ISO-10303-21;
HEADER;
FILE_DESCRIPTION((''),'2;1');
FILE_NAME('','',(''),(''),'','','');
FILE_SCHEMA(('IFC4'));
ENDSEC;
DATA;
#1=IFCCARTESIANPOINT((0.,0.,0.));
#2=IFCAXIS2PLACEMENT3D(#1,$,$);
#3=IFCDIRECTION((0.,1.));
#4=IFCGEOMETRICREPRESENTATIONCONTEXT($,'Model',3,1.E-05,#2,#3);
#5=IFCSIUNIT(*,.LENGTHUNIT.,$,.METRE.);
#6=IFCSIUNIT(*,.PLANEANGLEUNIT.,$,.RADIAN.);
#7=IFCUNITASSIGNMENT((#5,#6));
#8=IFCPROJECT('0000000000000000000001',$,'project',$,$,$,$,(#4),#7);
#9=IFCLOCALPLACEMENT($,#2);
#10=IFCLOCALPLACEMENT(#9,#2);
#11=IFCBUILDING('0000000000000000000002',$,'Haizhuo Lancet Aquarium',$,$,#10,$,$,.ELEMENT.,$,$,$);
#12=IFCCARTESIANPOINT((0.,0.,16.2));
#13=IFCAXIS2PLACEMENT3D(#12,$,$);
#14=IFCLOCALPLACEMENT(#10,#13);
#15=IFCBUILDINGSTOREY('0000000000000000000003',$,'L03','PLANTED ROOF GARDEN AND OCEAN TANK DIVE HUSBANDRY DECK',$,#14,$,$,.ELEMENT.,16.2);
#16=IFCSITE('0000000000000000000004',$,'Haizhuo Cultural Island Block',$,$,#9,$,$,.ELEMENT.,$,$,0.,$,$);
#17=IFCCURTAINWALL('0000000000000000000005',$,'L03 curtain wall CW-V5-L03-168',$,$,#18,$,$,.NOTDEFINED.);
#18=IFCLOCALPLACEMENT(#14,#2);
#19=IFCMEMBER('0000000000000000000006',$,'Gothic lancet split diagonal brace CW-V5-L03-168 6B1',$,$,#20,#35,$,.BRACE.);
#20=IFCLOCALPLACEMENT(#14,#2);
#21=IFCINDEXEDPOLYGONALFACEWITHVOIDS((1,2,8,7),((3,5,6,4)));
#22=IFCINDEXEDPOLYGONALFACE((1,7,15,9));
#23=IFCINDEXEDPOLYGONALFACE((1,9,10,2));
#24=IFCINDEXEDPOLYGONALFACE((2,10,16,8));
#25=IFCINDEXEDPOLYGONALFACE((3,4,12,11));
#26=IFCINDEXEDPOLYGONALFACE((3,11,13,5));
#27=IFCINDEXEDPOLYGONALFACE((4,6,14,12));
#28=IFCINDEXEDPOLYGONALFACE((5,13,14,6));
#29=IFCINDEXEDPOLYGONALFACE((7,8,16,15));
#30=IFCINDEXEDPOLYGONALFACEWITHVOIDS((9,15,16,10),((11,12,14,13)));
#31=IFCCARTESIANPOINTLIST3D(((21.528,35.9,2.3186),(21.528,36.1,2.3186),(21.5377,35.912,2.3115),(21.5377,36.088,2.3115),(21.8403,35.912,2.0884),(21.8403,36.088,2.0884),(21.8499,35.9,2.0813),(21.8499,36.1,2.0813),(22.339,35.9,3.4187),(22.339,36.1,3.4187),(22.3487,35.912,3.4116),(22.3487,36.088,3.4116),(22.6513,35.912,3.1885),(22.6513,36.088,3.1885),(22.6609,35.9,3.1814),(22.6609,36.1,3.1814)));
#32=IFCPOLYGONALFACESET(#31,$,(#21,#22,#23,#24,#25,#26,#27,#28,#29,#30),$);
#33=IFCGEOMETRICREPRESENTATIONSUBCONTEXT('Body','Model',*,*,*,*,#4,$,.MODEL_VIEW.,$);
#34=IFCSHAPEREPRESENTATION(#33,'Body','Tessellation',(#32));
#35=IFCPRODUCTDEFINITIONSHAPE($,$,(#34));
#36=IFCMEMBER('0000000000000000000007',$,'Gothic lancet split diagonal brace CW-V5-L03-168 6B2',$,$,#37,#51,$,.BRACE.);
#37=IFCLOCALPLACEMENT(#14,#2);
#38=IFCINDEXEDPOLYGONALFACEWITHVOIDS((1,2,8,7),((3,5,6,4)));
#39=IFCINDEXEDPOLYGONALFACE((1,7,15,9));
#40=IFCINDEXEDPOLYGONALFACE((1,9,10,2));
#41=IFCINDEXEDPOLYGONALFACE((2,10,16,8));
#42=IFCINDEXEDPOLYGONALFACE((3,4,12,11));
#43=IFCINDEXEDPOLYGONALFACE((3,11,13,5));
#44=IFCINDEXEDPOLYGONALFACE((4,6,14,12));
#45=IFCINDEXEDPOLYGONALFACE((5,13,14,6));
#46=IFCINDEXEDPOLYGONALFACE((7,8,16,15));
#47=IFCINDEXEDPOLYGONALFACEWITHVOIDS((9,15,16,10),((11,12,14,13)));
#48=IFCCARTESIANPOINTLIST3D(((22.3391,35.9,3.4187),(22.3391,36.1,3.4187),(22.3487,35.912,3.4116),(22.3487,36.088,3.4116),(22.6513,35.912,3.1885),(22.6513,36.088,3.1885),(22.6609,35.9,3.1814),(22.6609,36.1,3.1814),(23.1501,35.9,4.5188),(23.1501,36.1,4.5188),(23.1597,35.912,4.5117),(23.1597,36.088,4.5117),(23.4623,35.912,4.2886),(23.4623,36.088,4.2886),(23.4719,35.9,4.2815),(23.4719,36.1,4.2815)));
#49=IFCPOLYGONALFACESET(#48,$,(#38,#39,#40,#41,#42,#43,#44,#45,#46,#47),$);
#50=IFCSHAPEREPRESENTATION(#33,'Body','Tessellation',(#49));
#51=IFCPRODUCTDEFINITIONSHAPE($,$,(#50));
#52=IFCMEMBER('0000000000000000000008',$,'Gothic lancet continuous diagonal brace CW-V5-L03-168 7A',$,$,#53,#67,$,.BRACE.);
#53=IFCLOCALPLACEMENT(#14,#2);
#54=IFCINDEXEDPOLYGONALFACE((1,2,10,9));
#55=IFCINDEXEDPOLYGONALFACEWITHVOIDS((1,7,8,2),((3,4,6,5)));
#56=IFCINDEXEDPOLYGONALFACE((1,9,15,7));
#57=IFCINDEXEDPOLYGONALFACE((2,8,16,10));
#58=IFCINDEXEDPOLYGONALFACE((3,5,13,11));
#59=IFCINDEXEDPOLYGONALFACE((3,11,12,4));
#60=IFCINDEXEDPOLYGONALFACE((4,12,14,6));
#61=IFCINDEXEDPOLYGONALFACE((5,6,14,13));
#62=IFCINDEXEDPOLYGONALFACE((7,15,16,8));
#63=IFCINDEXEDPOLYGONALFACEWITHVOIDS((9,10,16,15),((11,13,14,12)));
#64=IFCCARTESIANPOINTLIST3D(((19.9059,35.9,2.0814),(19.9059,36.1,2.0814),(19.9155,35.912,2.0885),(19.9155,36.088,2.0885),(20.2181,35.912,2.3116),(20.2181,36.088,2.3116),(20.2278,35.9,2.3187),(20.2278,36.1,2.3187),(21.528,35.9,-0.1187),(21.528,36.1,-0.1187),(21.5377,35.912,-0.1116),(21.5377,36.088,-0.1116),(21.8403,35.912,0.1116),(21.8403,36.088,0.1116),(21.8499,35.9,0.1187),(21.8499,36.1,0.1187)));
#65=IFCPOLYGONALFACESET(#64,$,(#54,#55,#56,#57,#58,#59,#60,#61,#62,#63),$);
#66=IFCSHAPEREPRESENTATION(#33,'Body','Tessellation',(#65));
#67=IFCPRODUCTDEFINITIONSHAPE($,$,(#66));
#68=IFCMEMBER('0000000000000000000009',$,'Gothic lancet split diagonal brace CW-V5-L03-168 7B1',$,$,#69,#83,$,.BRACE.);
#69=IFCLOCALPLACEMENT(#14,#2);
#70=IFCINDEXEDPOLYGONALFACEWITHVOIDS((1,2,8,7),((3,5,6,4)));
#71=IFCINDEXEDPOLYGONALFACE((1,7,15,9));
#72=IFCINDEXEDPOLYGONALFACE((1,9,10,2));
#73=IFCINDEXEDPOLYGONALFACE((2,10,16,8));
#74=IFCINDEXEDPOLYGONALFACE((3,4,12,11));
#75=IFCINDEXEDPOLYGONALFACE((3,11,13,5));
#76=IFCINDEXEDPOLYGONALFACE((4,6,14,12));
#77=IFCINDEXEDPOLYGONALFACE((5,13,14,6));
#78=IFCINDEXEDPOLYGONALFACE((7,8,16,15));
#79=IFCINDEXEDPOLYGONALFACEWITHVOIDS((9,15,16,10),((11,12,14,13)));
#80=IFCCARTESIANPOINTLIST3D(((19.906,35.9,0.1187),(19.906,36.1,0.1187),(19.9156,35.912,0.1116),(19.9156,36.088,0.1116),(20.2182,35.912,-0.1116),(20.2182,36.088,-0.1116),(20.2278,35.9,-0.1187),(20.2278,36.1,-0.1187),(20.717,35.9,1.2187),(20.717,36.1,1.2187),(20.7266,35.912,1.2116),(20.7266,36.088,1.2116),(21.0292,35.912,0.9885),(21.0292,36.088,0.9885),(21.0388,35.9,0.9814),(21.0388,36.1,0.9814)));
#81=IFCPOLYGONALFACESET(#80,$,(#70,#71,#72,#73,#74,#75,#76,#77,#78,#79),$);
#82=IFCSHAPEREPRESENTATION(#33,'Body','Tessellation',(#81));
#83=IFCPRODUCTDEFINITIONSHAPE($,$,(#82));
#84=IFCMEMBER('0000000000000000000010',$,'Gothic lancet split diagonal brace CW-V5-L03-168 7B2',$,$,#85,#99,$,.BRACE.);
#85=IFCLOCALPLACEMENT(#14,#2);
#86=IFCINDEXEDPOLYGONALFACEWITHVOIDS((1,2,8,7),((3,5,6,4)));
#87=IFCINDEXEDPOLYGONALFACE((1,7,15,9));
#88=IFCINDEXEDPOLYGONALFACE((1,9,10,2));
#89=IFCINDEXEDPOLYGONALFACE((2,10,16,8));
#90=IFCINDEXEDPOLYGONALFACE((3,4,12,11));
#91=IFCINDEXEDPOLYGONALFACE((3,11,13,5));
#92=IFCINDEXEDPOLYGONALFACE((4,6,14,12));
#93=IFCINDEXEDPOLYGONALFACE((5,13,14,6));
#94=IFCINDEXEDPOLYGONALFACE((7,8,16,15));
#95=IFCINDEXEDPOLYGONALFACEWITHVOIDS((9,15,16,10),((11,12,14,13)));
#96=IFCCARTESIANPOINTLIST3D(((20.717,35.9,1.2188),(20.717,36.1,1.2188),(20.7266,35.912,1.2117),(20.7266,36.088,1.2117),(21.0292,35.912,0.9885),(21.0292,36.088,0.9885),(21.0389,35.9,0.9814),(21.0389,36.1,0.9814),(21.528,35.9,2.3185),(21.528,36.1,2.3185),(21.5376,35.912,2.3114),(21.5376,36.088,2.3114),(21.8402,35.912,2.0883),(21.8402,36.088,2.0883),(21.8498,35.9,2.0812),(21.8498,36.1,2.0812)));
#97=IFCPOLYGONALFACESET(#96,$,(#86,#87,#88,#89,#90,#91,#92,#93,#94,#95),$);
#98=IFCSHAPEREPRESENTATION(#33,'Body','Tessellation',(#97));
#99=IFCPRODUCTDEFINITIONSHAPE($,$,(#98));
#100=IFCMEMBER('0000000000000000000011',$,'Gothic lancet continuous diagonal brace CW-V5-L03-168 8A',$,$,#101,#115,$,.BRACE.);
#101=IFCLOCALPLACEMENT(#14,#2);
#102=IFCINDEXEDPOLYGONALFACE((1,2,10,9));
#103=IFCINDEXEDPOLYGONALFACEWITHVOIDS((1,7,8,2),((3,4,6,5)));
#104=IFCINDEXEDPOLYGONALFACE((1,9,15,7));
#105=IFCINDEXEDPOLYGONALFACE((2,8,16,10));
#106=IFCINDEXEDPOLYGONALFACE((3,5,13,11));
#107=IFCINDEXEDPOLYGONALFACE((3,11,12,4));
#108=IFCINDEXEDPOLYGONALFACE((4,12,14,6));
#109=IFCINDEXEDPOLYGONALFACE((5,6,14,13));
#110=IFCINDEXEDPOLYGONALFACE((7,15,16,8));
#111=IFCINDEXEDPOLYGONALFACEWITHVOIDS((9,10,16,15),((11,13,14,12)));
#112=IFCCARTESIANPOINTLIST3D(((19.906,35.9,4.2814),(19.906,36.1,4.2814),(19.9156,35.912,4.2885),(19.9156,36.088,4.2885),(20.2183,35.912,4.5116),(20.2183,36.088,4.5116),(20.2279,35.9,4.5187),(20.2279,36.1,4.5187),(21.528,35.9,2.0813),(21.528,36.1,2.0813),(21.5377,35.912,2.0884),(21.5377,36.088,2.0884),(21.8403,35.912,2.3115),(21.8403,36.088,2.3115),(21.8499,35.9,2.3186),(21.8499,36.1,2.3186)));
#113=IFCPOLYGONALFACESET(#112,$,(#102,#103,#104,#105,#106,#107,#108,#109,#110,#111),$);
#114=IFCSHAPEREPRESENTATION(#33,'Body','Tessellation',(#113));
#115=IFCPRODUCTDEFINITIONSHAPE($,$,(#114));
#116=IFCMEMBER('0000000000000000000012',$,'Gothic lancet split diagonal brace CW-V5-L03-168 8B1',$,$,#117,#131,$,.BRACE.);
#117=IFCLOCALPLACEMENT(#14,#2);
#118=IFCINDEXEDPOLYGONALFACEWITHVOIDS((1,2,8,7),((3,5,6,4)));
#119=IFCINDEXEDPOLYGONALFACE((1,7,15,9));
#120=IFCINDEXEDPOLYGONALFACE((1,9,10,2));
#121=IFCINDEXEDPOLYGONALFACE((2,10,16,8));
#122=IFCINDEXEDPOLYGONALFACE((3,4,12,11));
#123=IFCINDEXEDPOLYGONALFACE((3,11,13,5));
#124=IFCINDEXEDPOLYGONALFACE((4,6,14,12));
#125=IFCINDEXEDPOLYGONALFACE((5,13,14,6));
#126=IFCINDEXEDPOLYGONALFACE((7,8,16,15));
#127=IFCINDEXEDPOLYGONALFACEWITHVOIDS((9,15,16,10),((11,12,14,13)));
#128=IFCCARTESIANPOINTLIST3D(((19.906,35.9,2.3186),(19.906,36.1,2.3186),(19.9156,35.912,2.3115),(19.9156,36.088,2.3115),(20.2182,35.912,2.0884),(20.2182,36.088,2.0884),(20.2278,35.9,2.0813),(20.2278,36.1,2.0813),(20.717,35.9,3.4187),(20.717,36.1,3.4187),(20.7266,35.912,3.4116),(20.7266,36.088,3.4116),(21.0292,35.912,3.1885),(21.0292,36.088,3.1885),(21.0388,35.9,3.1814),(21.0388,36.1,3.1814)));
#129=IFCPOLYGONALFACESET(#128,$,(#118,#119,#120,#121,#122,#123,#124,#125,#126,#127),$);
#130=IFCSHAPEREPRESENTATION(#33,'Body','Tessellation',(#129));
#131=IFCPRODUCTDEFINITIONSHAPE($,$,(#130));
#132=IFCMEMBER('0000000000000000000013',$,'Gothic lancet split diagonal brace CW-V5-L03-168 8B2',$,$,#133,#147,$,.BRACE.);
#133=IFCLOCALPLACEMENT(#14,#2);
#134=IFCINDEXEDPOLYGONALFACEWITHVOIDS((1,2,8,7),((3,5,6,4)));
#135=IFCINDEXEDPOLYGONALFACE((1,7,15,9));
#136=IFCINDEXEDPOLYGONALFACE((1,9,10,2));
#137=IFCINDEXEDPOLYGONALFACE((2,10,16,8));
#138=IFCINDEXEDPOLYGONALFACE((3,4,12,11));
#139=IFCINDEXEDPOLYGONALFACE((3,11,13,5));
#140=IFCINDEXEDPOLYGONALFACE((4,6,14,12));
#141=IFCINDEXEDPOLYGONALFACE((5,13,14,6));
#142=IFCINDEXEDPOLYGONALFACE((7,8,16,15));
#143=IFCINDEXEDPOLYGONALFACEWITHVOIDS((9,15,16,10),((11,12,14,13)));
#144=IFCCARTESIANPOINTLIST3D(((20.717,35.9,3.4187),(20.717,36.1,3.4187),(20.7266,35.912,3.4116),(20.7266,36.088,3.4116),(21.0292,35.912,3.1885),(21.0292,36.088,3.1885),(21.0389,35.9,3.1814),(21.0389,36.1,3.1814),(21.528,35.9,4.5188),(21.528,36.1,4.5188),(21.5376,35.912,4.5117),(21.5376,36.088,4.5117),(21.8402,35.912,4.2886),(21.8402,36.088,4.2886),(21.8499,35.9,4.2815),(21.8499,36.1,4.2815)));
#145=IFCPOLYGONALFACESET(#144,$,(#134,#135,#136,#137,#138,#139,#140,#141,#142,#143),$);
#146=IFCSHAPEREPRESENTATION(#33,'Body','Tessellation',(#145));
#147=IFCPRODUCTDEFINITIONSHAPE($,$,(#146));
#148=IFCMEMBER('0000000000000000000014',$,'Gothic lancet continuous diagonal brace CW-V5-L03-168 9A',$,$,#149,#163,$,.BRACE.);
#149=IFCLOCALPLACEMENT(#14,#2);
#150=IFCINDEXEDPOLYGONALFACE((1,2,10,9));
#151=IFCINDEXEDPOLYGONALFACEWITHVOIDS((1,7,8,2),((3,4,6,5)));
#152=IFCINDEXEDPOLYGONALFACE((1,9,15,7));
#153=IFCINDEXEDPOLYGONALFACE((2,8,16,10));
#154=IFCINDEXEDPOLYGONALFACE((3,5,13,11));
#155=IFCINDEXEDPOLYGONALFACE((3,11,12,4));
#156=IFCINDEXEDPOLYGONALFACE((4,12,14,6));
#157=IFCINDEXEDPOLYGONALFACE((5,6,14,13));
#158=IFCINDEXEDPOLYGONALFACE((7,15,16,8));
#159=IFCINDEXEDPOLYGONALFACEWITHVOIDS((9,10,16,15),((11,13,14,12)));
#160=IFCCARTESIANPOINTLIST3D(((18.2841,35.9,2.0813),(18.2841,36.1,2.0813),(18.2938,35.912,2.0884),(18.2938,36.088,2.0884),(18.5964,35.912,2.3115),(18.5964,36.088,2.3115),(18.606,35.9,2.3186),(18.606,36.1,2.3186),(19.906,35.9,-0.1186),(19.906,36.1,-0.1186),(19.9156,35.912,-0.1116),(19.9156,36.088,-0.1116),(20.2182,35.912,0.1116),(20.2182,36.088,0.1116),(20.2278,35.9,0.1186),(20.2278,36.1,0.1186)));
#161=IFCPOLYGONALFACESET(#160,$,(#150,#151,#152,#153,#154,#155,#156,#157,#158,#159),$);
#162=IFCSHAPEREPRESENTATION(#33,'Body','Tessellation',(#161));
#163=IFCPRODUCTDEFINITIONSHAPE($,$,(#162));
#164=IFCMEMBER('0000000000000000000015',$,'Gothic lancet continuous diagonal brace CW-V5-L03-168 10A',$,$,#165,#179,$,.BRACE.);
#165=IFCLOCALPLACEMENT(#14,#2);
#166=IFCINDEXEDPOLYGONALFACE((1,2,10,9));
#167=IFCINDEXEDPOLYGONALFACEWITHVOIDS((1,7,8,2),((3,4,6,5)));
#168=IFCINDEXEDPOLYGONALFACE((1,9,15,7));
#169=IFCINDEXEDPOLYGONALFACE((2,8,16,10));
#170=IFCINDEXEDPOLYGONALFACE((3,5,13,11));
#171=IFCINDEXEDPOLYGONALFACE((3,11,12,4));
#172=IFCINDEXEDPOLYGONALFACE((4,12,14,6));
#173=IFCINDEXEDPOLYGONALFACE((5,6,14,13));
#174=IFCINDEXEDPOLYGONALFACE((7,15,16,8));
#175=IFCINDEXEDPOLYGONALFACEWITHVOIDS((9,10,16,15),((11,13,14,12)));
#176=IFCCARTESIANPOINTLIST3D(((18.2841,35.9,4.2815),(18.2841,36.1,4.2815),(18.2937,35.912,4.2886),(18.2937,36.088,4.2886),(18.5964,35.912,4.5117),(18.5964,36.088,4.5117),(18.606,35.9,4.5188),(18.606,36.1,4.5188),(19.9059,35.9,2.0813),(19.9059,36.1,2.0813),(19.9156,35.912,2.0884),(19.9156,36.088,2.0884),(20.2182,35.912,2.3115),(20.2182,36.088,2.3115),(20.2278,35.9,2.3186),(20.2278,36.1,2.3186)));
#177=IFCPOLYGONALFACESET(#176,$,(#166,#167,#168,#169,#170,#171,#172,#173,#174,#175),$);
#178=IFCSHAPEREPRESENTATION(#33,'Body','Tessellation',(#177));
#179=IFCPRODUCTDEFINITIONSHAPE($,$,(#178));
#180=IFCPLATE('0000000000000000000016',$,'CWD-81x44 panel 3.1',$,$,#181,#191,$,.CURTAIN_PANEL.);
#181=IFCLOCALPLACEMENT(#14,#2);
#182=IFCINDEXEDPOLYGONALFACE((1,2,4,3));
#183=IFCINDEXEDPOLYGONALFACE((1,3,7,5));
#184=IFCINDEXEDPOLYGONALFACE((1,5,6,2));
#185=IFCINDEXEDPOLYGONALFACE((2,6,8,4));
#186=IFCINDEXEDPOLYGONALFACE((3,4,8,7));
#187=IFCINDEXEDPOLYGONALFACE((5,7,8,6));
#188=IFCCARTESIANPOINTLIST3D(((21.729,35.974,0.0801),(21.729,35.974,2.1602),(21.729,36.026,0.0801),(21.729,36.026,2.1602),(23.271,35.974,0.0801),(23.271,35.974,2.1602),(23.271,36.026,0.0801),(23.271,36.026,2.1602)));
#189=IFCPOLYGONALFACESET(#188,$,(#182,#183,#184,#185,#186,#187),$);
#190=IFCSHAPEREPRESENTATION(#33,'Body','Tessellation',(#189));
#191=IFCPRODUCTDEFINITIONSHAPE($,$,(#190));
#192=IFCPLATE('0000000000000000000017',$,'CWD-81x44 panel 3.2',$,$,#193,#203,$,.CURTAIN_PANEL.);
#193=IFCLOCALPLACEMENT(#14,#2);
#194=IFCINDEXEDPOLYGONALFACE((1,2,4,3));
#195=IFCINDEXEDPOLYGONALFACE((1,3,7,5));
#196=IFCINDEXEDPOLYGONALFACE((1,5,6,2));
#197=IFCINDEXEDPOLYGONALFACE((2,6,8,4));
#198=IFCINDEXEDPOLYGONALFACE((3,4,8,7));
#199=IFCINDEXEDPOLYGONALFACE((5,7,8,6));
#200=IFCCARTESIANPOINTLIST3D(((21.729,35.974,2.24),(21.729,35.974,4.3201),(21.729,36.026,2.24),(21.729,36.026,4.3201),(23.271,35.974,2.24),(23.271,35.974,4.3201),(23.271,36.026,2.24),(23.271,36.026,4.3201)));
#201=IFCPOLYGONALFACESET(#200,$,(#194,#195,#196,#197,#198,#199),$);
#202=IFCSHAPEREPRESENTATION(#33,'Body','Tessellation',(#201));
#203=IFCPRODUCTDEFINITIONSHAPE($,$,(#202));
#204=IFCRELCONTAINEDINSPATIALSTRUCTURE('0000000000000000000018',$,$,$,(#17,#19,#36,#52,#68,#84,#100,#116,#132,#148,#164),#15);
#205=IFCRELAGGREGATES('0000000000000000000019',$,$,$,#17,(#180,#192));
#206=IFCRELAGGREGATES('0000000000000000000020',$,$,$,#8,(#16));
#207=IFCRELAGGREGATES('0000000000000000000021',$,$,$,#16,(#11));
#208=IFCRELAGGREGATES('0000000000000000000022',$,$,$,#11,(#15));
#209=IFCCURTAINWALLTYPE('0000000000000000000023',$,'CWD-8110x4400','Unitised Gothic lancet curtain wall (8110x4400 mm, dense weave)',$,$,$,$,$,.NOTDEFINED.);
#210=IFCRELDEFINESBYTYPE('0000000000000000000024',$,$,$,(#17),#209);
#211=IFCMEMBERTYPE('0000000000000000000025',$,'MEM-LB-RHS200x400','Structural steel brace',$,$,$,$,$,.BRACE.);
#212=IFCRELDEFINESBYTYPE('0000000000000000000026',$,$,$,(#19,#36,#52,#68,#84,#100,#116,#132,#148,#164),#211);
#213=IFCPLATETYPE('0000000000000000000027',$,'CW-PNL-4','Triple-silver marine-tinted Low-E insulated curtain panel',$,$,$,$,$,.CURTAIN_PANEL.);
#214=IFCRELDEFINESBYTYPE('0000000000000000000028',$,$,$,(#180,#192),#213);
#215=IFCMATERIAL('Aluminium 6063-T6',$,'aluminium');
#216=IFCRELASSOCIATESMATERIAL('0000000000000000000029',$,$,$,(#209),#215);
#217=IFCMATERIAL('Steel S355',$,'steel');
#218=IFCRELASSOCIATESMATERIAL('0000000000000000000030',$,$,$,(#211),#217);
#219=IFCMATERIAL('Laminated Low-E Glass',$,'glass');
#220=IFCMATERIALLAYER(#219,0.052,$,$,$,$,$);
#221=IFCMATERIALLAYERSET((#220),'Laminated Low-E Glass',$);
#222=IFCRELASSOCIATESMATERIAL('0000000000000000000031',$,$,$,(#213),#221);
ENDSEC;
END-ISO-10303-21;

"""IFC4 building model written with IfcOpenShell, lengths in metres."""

from ifc_helpers import new_model, si_unit, direction, frame, origin, origin_2d, place, context, subcontext, project, spatial, rectangle, hollow_rectangle, extrude, material, layer, layer_set, material_profile, profile_set, type_object, element, aggregate, save


model = new_model("IFC4")

# Units and contexts
model_context = context("Model", 3, precision=1e-05, world=origin(), true_north=direction((0.0, 1.0)))
body_context = subcontext(model_context, "Body", "Model", "MODEL_VIEW")
ifc_project = project(units=[si_unit("LENGTHUNIT", "METRE"), si_unit("PLANEANGLEUNIT", "RADIAN")], contexts=[model_context])

# Site, building, storey
site_placement = place(None, origin())
site = spatial("IfcSite", under=ifc_project, at=site_placement, Name="Haizhuo Cultural Island Block", CompositionType="ELEMENT", RefElevation=0.0)
building_placement = place(site_placement, origin())
building = spatial("IfcBuilding", under=site, at=building_placement, Name="Haizhuo Lancet Aquarium", CompositionType="ELEMENT")
storey_placement = place(building_placement, frame((0.0, 0.0, 16.2)))
storey = spatial("IfcBuildingStorey", under=building, at=storey_placement, Name="L03", Description="PLANTED ROOF GARDEN AND OCEAN TANK DIVE HUSBANDRY DECK", CompositionType="ELEMENT", Elevation=16.2)

# Curtain wall
ifc_material_1 = material(Name="Aluminium 6063-T6", Category="aluminium")
curtain_wall_type = type_object("IfcCurtainWallType", Name="CWD-8110x4400", Description="Unitised Gothic lancet curtain wall (8110x4400 mm, dense weave)", PredefinedType="NOTDEFINED", material=ifc_material_1)
curtain_wall_placement = place(storey_placement, origin())
curtain_wall = element("IfcCurtainWall", 1, at=curtain_wall_placement, inside=storey, type_object=curtain_wall_type, Name="L03 curtain wall CW-V5-L03-168", PredefinedType="NOTDEFINED")

# Members
ifc_material_2 = material(Name="Steel S355", Category="steel")
ifc_material_profile_1 = material_profile(ifc_material_2, hollow_rectangle(XDim=0.2, YDim=0.3999, WallThickness=0.012, at=origin_2d()), Name="RHS 200x400x12")
ifc_profile_set_1 = profile_set([ifc_material_profile_1], Name="Steel S355")
member_type_1 = type_object("IfcMemberType", Name="MEM-LB-RHS200x400", Description="Structural steel brace", PredefinedType="BRACE", material=ifc_profile_set_1)
for number, where, z_axis, x_axis, name in (
    (2, (21.689, 36.0, 2.2), (0.593406, 0.0, 0.804903), (0.0, 1.0, 0.0), "Gothic lancet split diagonal brace CW-V5-L03-168 6B1"),
    (3, (22.5, 36.0, 3.3), (0.593406, 0.0, 0.804903), (0.0, 1.0, 0.0), "Gothic lancet split diagonal brace CW-V5-L03-168 6B2"),
):
    element("IfcMember", number, at=place(storey_placement, frame(where, z_axis=z_axis, x_axis=x_axis)), inside=storey, type_object=member_type_1, Name=name, PredefinedType="BRACE", context=body_context, shape_type="SweptSolid", body=[
        extrude(hollow_rectangle(XDim=0.2, YDim=0.3999, WallThickness=0.012, at=origin_2d()), origin(), (0.0, 0.0, 1.0), 1.3667),
    ])
member_1_placement = place(storey_placement, frame((21.689, 36.0, 0.0), z_axis=(-0.593449, 0.0, 0.804872), x_axis=(0.0, -1.0, 0.0)))
element("IfcMember", 4, at=member_1_placement, inside=storey, type_object=member_type_1, Name="Gothic lancet continuous diagonal brace CW-V5-L03-168 7A", PredefinedType="BRACE", context=body_context, shape_type="SweptSolid", body=[
    extrude(hollow_rectangle(XDim=0.2, YDim=0.3999, WallThickness=0.012, at=origin_2d()), origin(), (0.0, 0.0, 1.0), 2.7334),
])
member_2_placement = place(storey_placement, frame((20.0669, 36.0, 0.0), z_axis=(0.593406, 0.0, 0.804903), x_axis=(0.0, 1.0, 0.0)))
element("IfcMember", 5, at=member_2_placement, inside=storey, type_object=member_type_1, Name="Gothic lancet split diagonal brace CW-V5-L03-168 7B1", PredefinedType="BRACE", context=body_context, shape_type="SweptSolid", body=[
    extrude(hollow_rectangle(XDim=0.2, YDim=0.3999, WallThickness=0.012, at=origin_2d()), origin(), (0.0, 0.0, 1.0), 1.3667),
])
member_3_placement = place(storey_placement, frame((20.8779, 36.0, 1.1001), z_axis=(0.593492, 0.0, 0.80484), x_axis=(0.0, 1.0, 0.0)))
element("IfcMember", 6, at=member_3_placement, inside=storey, type_object=member_type_1, Name="Gothic lancet split diagonal brace CW-V5-L03-168 7B2", PredefinedType="BRACE", context=body_context, shape_type="SweptSolid", body=[
    extrude(hollow_rectangle(XDim=0.2, YDim=0.3999, WallThickness=0.012, at=origin_2d()), origin(), (0.0, 0.0, 1.0), 1.3665),
])
member_4_placement = place(storey_placement, frame((21.689, 36.0, 2.2), z_axis=(-0.593406, 0.0, 0.804903), x_axis=(0.0, -1.0, 0.0)))
element("IfcMember", 7, at=member_4_placement, inside=storey, type_object=member_type_1, Name="Gothic lancet continuous diagonal brace CW-V5-L03-168 8A", PredefinedType="BRACE", context=body_context, shape_type="SweptSolid", body=[
    extrude(hollow_rectangle(XDim=0.2, YDim=0.3999, WallThickness=0.012, at=origin_2d()), origin(), (0.0, 0.0, 1.0), 2.7334),
])
for number, where, z_axis, x_axis, name in (
    (8, (20.0669, 36.0, 2.2), (0.593406, 0.0, 0.804903), (0.0, 1.0, 0.0), "Gothic lancet split diagonal brace CW-V5-L03-168 8B1"),
    (9, (20.8779, 36.0, 3.3), (0.593406, 0.0, 0.804903), (0.0, 1.0, 0.0), "Gothic lancet split diagonal brace CW-V5-L03-168 8B2"),
):
    element("IfcMember", number, at=place(storey_placement, frame(where, z_axis=z_axis, x_axis=x_axis)), inside=storey, type_object=member_type_1, Name=name, PredefinedType="BRACE", context=body_context, shape_type="SweptSolid", body=[
        extrude(hollow_rectangle(XDim=0.2, YDim=0.3999, WallThickness=0.012, at=origin_2d()), origin(), (0.0, 0.0, 1.0), 1.3667),
    ])
member_5_placement = place(storey_placement, frame((20.0669, 36.0, 0.0), z_axis=(-0.593391, 0.0, 0.804914), x_axis=(0.0, -1.0, 0.0)))
element("IfcMember", 10, at=member_5_placement, inside=storey, type_object=member_type_1, Name="Gothic lancet continuous diagonal brace CW-V5-L03-168 9A", PredefinedType="BRACE", context=body_context, shape_type="SweptSolid", body=[
    extrude(hollow_rectangle(XDim=0.2, YDim=0.3999, WallThickness=0.012, at=origin_2d()), origin(), (0.0, 0.0, 1.0), 2.7332),
])
member_6_placement = place(storey_placement, frame((20.0669, 36.0, 2.2), z_axis=(-0.593348, 0.0, 0.804946), x_axis=(0.0, -1.0, 0.0)))
element("IfcMember", 11, at=member_6_placement, inside=storey, type_object=member_type_1, Name="Gothic lancet continuous diagonal brace CW-V5-L03-168 10A", PredefinedType="BRACE", context=body_context, shape_type="SweptSolid", body=[
    extrude(hollow_rectangle(XDim=0.2, YDim=0.3999, WallThickness=0.012, at=origin_2d()), origin(), (0.0, 0.0, 1.0), 2.7334),
])

# Plates
ifc_material_3 = material(Name="Laminated Low-E Glass", Category="glass")
ifc_layer = layer(ifc_material_3, 0.052)
ifc_layer_set = layer_set([ifc_layer], Name="Laminated Low-E Glass")
plate_type = type_object("IfcPlateType", Name="CW-PNL-4", Description="Triple-silver marine-tinted Low-E insulated curtain panel", PredefinedType="CURTAIN_PANEL", material=ifc_layer_set)
plate_1_placement = place(storey_placement, frame((22.5, 36.0, 0.0801), z_axis=(0.0, 0.0, 1.0), x_axis=(-1.0, 0.0, 0.0)))
plate_1 = element("IfcPlate", 12, at=plate_1_placement, type_object=plate_type, Name="CWD-81x44 panel 3.1", PredefinedType="CURTAIN_PANEL", context=body_context, shape_type="SweptSolid", body=[
    extrude(rectangle(XDim=1.542, YDim=0.052, at=origin_2d()), origin(), (0.0, 0.0, 1.0), 2.0801),
])
plate_2_placement = place(storey_placement, frame((22.5, 36.0, 2.24), z_axis=(0.0, 0.0, 1.0), x_axis=(-1.0, 0.0, 0.0)))
plate_2 = element("IfcPlate", 13, at=plate_2_placement, type_object=plate_type, Name="CWD-81x44 panel 3.2", PredefinedType="CURTAIN_PANEL", context=body_context, shape_type="SweptSolid", body=[
    extrude(rectangle(XDim=1.542, YDim=0.052, at=origin_2d()), origin(), (0.0, 0.0, 1.0), 2.0801),
])
aggregate(curtain_wall, [plate_1, plate_2])

save(model, "model.ifc")
